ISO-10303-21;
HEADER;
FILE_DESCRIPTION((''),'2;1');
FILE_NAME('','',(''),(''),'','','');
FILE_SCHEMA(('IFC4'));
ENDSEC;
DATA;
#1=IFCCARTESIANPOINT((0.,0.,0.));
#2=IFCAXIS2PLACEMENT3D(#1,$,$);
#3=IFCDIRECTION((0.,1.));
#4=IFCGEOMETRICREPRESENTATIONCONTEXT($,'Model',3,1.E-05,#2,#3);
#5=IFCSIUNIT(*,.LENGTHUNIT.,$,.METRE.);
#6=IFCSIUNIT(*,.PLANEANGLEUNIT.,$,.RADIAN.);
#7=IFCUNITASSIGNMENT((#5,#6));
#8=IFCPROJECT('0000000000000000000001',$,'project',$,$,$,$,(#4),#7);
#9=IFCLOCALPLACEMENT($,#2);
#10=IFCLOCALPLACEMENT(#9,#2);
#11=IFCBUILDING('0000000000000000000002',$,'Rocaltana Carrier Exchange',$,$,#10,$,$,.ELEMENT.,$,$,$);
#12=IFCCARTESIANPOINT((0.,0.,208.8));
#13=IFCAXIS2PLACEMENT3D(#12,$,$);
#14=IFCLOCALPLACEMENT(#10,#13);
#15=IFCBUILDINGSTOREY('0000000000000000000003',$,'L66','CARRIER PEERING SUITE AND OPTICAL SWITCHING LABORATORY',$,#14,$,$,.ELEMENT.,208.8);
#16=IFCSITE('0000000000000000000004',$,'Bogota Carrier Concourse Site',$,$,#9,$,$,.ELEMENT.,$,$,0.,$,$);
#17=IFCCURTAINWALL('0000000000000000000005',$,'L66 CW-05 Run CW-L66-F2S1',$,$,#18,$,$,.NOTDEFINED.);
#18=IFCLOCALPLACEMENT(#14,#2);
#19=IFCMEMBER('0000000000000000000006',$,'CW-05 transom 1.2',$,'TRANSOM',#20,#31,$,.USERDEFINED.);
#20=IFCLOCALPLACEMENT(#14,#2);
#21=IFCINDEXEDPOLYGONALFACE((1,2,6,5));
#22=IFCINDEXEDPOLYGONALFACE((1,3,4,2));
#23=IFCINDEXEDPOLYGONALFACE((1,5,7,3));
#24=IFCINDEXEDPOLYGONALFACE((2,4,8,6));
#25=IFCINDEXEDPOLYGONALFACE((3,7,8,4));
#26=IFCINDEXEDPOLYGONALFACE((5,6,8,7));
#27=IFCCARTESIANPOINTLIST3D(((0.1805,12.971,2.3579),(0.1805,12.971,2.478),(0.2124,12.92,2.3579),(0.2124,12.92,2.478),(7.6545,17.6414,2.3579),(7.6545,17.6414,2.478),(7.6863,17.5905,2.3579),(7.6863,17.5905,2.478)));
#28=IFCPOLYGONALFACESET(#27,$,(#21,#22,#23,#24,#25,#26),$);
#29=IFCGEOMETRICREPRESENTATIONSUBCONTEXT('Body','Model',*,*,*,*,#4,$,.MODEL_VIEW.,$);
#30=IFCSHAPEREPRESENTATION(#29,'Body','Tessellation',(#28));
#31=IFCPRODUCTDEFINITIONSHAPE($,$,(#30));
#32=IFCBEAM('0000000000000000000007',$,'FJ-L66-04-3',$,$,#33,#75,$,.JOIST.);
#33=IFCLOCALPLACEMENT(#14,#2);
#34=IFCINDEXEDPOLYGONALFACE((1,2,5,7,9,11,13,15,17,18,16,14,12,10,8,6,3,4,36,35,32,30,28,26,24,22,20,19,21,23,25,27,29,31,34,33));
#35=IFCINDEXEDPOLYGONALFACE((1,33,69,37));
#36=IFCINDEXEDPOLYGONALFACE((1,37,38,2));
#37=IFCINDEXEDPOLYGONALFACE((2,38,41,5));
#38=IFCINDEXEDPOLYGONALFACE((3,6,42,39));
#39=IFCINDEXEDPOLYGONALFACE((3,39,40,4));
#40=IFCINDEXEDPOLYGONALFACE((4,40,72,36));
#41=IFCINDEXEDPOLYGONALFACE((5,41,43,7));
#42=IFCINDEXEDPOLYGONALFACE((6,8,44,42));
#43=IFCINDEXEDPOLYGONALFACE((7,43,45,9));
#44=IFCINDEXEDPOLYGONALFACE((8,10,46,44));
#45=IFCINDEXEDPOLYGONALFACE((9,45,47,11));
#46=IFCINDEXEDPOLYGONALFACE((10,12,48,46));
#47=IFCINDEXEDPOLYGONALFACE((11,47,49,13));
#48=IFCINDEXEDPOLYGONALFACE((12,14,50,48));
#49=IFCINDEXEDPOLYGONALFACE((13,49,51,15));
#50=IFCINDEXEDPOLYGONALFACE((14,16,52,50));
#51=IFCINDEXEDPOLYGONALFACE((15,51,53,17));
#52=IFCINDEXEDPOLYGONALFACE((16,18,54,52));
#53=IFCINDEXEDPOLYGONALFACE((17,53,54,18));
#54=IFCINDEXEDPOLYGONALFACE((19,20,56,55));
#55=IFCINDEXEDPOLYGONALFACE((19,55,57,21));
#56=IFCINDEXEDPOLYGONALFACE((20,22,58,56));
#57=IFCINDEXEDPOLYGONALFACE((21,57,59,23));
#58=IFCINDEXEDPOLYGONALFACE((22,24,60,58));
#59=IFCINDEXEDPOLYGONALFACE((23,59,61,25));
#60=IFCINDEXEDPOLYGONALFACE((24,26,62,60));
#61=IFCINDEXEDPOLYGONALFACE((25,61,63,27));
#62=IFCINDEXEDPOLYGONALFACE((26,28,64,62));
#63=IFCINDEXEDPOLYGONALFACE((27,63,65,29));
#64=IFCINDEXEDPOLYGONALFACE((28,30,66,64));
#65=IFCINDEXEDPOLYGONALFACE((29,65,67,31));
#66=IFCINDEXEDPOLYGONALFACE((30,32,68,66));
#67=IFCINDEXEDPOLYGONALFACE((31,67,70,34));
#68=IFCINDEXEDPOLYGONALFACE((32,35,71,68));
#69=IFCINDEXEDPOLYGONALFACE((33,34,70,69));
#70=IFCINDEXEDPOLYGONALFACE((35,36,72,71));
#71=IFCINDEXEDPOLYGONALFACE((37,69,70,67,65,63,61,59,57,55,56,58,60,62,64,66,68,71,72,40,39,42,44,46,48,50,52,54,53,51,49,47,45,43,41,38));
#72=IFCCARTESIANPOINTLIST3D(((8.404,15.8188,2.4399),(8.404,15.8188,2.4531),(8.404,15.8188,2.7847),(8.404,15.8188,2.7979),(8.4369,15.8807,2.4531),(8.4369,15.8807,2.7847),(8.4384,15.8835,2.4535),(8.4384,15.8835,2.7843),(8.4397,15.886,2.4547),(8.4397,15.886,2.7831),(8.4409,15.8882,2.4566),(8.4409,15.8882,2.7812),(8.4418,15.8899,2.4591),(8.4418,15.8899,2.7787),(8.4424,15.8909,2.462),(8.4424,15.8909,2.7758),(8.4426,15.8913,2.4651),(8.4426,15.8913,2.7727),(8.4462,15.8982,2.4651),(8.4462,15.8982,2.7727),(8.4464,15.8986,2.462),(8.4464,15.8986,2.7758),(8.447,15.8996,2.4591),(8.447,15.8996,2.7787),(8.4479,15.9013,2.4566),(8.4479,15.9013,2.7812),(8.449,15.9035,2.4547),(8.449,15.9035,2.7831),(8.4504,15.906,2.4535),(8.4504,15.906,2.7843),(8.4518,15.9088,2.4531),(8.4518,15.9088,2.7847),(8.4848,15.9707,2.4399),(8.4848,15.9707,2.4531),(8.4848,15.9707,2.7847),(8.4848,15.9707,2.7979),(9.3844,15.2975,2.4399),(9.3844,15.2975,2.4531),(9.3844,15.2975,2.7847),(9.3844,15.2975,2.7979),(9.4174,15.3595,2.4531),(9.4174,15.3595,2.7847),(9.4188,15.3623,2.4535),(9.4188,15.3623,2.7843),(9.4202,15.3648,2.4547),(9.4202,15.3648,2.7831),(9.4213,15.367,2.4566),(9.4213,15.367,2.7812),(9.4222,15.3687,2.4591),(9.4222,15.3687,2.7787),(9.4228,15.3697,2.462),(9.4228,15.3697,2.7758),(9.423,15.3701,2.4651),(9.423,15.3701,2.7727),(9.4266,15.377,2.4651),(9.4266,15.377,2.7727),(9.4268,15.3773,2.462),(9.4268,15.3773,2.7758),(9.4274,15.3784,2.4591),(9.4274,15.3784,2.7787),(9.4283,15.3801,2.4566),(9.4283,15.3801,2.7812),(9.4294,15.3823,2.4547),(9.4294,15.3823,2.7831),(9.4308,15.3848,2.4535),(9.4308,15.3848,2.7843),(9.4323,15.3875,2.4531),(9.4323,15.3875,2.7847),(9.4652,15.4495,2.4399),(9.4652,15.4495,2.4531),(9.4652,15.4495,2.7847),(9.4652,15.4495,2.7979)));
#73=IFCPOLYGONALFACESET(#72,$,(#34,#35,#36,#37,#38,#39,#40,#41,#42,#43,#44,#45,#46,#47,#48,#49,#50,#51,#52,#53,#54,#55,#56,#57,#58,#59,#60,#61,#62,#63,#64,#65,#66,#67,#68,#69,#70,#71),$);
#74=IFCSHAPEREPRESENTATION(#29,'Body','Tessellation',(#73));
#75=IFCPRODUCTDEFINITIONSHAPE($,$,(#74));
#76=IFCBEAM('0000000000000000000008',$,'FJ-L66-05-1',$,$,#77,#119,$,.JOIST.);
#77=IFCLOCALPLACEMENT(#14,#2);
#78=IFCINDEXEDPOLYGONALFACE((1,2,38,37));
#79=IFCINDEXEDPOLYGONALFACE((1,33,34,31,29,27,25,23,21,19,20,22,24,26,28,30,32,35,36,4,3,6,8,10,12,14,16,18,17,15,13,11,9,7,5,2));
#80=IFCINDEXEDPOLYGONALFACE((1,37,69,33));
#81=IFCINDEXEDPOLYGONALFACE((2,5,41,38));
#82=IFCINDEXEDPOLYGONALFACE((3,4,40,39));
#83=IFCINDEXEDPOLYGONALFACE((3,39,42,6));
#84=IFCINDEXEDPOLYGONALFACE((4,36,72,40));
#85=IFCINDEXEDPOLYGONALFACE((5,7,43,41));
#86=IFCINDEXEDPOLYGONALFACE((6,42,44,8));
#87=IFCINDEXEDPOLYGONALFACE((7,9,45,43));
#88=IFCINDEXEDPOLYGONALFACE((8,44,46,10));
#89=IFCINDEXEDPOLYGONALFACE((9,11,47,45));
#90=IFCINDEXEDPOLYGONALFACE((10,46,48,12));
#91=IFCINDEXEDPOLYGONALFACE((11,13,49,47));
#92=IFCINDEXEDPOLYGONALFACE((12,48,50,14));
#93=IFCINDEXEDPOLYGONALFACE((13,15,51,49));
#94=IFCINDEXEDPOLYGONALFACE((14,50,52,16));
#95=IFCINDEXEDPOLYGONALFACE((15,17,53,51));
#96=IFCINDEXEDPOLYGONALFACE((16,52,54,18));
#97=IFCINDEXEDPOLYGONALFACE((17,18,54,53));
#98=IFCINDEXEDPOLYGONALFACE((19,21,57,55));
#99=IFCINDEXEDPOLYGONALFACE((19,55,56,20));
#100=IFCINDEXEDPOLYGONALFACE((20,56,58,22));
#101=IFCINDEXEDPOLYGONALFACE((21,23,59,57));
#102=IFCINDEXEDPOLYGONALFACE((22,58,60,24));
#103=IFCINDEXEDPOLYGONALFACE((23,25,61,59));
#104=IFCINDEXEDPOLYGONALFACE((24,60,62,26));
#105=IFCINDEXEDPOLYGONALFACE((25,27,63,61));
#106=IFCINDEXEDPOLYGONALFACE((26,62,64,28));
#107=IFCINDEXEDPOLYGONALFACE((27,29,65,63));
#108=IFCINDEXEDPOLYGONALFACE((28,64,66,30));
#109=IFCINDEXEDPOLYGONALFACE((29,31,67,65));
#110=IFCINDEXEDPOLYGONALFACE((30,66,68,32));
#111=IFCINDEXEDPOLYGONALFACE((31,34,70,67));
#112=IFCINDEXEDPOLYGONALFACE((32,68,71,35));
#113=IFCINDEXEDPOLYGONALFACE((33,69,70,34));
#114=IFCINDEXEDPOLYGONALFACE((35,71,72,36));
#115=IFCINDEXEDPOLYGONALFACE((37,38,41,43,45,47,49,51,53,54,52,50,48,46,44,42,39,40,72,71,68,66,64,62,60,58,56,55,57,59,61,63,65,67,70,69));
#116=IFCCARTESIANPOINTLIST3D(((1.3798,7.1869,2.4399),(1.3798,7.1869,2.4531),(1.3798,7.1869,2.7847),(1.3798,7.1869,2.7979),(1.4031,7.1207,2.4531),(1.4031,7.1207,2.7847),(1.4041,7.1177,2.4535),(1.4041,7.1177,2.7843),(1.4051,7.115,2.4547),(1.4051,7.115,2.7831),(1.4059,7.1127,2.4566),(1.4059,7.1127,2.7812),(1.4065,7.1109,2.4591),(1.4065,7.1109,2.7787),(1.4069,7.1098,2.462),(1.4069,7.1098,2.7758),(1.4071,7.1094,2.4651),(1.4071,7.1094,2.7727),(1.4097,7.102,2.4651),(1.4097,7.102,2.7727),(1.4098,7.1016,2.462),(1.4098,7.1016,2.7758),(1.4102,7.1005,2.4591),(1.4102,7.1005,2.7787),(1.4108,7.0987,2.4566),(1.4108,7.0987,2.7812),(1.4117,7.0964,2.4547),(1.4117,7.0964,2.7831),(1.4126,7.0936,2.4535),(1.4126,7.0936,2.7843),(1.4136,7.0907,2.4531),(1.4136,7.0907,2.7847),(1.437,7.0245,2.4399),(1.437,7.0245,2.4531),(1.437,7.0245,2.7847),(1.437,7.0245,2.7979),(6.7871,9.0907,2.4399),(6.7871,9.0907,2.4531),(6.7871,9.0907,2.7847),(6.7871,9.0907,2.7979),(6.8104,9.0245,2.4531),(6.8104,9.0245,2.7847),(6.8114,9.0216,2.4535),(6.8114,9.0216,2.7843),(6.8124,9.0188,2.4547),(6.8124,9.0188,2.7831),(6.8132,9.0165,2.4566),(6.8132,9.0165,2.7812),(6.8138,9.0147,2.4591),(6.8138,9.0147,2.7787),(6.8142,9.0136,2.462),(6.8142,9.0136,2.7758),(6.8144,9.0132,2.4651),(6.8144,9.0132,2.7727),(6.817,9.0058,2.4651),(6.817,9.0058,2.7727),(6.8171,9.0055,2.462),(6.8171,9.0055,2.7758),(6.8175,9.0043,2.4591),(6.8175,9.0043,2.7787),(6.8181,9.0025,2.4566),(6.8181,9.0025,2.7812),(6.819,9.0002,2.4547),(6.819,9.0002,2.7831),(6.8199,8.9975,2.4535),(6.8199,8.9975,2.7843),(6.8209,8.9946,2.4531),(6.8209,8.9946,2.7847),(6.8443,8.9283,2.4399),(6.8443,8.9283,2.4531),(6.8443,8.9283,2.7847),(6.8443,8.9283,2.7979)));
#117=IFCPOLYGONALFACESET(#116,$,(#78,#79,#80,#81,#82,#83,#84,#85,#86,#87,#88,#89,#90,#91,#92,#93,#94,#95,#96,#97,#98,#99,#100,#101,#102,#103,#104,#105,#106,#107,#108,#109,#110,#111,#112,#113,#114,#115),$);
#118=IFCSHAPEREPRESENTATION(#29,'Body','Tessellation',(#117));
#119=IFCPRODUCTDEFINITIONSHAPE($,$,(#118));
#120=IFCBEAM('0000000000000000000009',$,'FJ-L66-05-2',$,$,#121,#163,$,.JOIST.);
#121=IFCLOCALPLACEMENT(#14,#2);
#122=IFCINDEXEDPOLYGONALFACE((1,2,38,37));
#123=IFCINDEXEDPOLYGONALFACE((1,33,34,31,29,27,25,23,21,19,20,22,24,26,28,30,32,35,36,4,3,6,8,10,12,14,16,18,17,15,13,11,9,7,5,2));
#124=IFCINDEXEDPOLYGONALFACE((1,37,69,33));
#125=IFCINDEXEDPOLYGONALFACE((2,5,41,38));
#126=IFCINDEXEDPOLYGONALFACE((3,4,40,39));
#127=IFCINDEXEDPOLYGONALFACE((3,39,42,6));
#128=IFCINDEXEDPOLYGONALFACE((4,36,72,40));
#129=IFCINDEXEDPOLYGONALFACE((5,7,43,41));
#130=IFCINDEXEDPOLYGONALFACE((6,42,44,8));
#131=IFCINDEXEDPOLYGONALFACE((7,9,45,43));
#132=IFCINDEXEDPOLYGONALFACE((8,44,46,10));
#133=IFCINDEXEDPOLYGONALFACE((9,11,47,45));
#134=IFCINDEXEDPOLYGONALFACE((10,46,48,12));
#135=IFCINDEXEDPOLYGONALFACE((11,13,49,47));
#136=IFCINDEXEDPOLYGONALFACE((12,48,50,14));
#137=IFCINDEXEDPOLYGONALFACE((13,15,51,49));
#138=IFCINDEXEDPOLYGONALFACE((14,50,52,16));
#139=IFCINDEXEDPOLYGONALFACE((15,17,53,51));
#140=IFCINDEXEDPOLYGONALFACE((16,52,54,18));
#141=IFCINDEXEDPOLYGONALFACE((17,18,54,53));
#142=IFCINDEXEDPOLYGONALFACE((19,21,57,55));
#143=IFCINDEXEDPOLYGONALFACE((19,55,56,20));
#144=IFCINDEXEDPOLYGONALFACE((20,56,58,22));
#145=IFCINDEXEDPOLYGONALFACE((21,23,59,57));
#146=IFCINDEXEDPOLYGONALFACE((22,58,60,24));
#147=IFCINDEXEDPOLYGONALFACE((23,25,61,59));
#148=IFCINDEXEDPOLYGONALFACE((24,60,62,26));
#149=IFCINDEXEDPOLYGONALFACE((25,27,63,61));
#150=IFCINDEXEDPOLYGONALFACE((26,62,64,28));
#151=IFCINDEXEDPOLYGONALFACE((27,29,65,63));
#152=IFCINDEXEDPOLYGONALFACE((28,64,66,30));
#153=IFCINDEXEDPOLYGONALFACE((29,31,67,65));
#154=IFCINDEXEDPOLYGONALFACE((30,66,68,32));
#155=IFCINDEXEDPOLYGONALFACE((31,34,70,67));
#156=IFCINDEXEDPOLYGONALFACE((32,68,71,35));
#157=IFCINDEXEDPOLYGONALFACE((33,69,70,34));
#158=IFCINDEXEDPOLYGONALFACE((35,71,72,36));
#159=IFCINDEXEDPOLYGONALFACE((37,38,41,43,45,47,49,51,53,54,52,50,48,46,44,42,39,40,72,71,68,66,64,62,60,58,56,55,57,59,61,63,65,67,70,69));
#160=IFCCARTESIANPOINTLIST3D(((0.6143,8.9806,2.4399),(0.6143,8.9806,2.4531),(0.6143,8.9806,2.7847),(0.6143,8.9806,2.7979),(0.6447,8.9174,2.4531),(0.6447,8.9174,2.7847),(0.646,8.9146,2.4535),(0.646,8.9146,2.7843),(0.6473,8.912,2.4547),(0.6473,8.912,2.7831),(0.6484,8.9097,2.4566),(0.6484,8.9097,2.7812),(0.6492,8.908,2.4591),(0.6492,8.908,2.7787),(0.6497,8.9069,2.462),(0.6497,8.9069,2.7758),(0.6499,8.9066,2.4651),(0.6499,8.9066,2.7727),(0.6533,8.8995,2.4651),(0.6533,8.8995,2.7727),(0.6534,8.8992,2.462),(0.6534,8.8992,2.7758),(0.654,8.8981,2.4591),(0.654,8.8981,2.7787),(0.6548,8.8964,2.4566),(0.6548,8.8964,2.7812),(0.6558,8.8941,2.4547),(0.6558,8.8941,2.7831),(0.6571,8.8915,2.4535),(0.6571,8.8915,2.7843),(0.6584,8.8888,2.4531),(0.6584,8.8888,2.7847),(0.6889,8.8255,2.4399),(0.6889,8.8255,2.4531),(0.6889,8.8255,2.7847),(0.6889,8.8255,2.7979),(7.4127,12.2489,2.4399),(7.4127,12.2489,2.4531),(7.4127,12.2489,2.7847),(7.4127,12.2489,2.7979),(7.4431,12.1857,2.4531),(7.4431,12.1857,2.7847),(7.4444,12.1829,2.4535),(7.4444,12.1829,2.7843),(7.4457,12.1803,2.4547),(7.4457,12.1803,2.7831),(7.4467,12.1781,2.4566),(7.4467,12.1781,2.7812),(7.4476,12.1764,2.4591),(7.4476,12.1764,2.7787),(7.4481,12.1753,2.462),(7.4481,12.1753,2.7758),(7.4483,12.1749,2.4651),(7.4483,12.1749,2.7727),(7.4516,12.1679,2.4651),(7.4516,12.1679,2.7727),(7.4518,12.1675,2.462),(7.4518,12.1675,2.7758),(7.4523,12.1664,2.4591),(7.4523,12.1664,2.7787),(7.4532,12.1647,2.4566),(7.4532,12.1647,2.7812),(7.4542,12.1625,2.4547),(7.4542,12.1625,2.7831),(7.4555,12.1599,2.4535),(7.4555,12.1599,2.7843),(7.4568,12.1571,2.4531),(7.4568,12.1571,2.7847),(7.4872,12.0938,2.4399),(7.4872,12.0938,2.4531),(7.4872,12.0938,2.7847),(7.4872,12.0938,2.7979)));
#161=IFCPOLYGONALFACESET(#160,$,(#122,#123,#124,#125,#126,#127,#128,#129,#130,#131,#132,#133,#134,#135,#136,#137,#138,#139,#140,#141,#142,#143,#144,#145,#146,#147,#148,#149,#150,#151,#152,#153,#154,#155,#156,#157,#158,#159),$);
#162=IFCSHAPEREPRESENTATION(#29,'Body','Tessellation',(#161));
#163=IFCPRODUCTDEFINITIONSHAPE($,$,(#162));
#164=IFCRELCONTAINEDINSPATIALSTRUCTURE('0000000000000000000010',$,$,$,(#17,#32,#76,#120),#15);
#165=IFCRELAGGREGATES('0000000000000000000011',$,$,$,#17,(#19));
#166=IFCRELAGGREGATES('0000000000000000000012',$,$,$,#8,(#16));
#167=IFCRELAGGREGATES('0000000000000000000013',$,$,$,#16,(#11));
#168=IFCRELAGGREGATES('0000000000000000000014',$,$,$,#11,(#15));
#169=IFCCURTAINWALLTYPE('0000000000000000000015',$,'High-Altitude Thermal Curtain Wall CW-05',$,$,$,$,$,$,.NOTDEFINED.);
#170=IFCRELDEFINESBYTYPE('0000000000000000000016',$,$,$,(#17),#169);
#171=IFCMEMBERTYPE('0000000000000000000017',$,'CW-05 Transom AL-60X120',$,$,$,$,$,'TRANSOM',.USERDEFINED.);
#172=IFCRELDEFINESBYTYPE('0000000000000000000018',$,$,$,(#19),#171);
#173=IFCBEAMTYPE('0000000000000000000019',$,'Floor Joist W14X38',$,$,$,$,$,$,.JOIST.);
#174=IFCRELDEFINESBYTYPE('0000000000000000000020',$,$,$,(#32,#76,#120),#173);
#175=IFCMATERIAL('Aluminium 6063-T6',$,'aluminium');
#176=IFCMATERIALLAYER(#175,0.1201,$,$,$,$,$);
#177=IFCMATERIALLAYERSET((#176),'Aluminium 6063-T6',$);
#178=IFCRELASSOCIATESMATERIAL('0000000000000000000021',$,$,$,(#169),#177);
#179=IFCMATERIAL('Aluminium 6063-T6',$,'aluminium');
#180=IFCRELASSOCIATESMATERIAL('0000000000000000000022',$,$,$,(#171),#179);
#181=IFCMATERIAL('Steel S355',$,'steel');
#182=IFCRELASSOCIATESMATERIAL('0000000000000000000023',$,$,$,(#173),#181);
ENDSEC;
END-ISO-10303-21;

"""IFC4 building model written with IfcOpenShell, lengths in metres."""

from ifc_helpers import new_model, si_unit, direction, frame, origin, origin_2d, place, context, subcontext, project, spatial, rectangle, i_section, extrude, material, layer, layer_set, material_profile, profile_set, type_object, element, aggregate, save


model = new_model("IFC4")

# Units and contexts
model_context = context("Model", 3, precision=1e-05, world=origin(), true_north=direction((0.0, 1.0)))
body_context = subcontext(model_context, "Body", "Model", "MODEL_VIEW")
ifc_project = project(units=[si_unit("LENGTHUNIT", "METRE"), si_unit("PLANEANGLEUNIT", "RADIAN")], contexts=[model_context])

# Site, building, storey
site_placement = place(None, origin())
site = spatial("IfcSite", under=ifc_project, at=site_placement, Name="Bogota Carrier Concourse Site", CompositionType="ELEMENT", RefElevation=0.0)
building_placement = place(site_placement, origin())
building = spatial("IfcBuilding", under=site, at=building_placement, Name="Rocaltana Carrier Exchange", CompositionType="ELEMENT")
storey_placement = place(building_placement, frame((0.0, 0.0, 208.8)))
storey = spatial("IfcBuildingStorey", under=building, at=storey_placement, Name="L66", Description="CARRIER PEERING SUITE AND OPTICAL SWITCHING LABORATORY", CompositionType="ELEMENT", Elevation=208.8)

# Curtain wall
ifc_material_1 = material(Name="Aluminium 6063-T6", Category="aluminium")
ifc_layer_1 = layer(ifc_material_1, 0.1201)
ifc_layer_set_1 = layer_set([ifc_layer_1], Name="Aluminium 6063-T6")
curtain_wall_type = type_object("IfcCurtainWallType", Name="High-Altitude Thermal Curtain Wall CW-05", PredefinedType="NOTDEFINED", material=ifc_layer_set_1)
curtain_wall_1_placement = place(storey_placement, origin())
curtain_wall_1 = element("IfcCurtainWall", 1, at=curtain_wall_1_placement, inside=storey, type_object=curtain_wall_type, Name="L66 CW-05 Run CW-L66-F2S1", PredefinedType="NOTDEFINED")

# Member
ifc_material_2 = material(Name="Aluminium 6063-T6", Category="aluminium")
ifc_material_profile_1 = material_profile(ifc_material_2, rectangle(XDim=0.0601, YDim=0.1201, at=origin_2d()), Name="AL-60X120")
ifc_profile_set_1 = profile_set([ifc_material_profile_1], Name="Aluminium 6063-T6")
member_type_1 = type_object("IfcMemberType", Name="CW-05 Transom AL-60X120", ElementType="TRANSOM", PredefinedType="USERDEFINED", material=ifc_profile_set_1)
member_1_placement = place(storey_placement, frame((7.6704, 17.616, 2.418), z_axis=(-0.848037, -0.529937, 0.0), x_axis=(0.529937, -0.848037, 0.0)))
member_1 = element("IfcMember", 2, at=member_1_placement, type_object=member_type_1, Name="CW-05 transom 1.2", ObjectType="TRANSOM", PredefinedType="USERDEFINED", context=body_context, shape_type="SweptSolid", body=[
    extrude(rectangle(XDim=0.0601, YDim=0.1201, at=origin_2d()), origin(), (0.0, 0.0, 1.0), 8.8132),
])

# Beams
ifc_material_3 = material(Name="Steel S355", Category="steel")
ifc_material_profile_2 = material_profile(ifc_material_3, i_section(OverallWidth=0.1721, OverallDepth=0.3579, WebThickness=0.0078, FlangeThickness=0.0132, FilletRadius=0.012, at=origin_2d()), Name="W14X38")
ifc_profile_set_2 = profile_set([ifc_material_profile_2], Name="Steel S355")
beam_type_1 = type_object("IfcBeamType", Name="Floor Joist W14X38", PredefinedType="JOIST", material=ifc_profile_set_2)
beam_1_placement = place(storey_placement, frame((9.4248, 15.3735, 2.6189), z_axis=(-0.882979, 0.469412, 0.0), x_axis=(-0.469412, -0.882979, 0.0)))
element("IfcBeam", 3, at=beam_1_placement, inside=storey, type_object=beam_type_1, Name="FJ-L66-04-3", PredefinedType="JOIST", context=body_context, shape_type="SweptSolid", body=[
    extrude(i_section(OverallWidth=0.1721, OverallDepth=0.3579, WebThickness=0.0078, FlangeThickness=0.0132, FilletRadius=0.012, at=origin_2d()), origin(), (0.0, 0.0, 1.0), 1.1104),
])
beam_2_placement = place(storey_placement, frame((6.8157, 9.0095, 2.6189), z_axis=(-0.943243, -0.332103, 0.0), x_axis=(0.332103, -0.943243, 0.0)))
element("IfcBeam", 4, at=beam_2_placement, inside=storey, type_object=beam_type_1, Name="FJ-L66-05-1", PredefinedType="JOIST", context=body_context, shape_type="SweptSolid", body=[
    extrude(i_section(OverallWidth=0.1721, OverallDepth=0.3579, WebThickness=0.0078, FlangeThickness=0.0132, FilletRadius=0.012, at=origin_2d()), origin(), (0.0, 0.0, 1.0), 5.7327),
])
beam_3_placement = place(storey_placement, frame((7.45, 12.1714, 2.6189), z_axis=(-0.901259, -0.433281, 0.0), x_axis=(0.433281, -0.901259, 0.0)))
element("IfcBeam", 5, at=beam_3_placement, inside=storey, type_object=beam_type_1, Name="FJ-L66-05-2", PredefinedType="JOIST", context=body_context, shape_type="SweptSolid", body=[
    extrude(i_section(OverallWidth=0.1721, OverallDepth=0.3579, WebThickness=0.0078, FlangeThickness=0.0132, FilletRadius=0.012, at=origin_2d()), origin(), (0.0, 0.0, 1.0), 7.5432),
])

aggregate(curtain_wall_1, [member_1])

save(model, "model.ifc")
